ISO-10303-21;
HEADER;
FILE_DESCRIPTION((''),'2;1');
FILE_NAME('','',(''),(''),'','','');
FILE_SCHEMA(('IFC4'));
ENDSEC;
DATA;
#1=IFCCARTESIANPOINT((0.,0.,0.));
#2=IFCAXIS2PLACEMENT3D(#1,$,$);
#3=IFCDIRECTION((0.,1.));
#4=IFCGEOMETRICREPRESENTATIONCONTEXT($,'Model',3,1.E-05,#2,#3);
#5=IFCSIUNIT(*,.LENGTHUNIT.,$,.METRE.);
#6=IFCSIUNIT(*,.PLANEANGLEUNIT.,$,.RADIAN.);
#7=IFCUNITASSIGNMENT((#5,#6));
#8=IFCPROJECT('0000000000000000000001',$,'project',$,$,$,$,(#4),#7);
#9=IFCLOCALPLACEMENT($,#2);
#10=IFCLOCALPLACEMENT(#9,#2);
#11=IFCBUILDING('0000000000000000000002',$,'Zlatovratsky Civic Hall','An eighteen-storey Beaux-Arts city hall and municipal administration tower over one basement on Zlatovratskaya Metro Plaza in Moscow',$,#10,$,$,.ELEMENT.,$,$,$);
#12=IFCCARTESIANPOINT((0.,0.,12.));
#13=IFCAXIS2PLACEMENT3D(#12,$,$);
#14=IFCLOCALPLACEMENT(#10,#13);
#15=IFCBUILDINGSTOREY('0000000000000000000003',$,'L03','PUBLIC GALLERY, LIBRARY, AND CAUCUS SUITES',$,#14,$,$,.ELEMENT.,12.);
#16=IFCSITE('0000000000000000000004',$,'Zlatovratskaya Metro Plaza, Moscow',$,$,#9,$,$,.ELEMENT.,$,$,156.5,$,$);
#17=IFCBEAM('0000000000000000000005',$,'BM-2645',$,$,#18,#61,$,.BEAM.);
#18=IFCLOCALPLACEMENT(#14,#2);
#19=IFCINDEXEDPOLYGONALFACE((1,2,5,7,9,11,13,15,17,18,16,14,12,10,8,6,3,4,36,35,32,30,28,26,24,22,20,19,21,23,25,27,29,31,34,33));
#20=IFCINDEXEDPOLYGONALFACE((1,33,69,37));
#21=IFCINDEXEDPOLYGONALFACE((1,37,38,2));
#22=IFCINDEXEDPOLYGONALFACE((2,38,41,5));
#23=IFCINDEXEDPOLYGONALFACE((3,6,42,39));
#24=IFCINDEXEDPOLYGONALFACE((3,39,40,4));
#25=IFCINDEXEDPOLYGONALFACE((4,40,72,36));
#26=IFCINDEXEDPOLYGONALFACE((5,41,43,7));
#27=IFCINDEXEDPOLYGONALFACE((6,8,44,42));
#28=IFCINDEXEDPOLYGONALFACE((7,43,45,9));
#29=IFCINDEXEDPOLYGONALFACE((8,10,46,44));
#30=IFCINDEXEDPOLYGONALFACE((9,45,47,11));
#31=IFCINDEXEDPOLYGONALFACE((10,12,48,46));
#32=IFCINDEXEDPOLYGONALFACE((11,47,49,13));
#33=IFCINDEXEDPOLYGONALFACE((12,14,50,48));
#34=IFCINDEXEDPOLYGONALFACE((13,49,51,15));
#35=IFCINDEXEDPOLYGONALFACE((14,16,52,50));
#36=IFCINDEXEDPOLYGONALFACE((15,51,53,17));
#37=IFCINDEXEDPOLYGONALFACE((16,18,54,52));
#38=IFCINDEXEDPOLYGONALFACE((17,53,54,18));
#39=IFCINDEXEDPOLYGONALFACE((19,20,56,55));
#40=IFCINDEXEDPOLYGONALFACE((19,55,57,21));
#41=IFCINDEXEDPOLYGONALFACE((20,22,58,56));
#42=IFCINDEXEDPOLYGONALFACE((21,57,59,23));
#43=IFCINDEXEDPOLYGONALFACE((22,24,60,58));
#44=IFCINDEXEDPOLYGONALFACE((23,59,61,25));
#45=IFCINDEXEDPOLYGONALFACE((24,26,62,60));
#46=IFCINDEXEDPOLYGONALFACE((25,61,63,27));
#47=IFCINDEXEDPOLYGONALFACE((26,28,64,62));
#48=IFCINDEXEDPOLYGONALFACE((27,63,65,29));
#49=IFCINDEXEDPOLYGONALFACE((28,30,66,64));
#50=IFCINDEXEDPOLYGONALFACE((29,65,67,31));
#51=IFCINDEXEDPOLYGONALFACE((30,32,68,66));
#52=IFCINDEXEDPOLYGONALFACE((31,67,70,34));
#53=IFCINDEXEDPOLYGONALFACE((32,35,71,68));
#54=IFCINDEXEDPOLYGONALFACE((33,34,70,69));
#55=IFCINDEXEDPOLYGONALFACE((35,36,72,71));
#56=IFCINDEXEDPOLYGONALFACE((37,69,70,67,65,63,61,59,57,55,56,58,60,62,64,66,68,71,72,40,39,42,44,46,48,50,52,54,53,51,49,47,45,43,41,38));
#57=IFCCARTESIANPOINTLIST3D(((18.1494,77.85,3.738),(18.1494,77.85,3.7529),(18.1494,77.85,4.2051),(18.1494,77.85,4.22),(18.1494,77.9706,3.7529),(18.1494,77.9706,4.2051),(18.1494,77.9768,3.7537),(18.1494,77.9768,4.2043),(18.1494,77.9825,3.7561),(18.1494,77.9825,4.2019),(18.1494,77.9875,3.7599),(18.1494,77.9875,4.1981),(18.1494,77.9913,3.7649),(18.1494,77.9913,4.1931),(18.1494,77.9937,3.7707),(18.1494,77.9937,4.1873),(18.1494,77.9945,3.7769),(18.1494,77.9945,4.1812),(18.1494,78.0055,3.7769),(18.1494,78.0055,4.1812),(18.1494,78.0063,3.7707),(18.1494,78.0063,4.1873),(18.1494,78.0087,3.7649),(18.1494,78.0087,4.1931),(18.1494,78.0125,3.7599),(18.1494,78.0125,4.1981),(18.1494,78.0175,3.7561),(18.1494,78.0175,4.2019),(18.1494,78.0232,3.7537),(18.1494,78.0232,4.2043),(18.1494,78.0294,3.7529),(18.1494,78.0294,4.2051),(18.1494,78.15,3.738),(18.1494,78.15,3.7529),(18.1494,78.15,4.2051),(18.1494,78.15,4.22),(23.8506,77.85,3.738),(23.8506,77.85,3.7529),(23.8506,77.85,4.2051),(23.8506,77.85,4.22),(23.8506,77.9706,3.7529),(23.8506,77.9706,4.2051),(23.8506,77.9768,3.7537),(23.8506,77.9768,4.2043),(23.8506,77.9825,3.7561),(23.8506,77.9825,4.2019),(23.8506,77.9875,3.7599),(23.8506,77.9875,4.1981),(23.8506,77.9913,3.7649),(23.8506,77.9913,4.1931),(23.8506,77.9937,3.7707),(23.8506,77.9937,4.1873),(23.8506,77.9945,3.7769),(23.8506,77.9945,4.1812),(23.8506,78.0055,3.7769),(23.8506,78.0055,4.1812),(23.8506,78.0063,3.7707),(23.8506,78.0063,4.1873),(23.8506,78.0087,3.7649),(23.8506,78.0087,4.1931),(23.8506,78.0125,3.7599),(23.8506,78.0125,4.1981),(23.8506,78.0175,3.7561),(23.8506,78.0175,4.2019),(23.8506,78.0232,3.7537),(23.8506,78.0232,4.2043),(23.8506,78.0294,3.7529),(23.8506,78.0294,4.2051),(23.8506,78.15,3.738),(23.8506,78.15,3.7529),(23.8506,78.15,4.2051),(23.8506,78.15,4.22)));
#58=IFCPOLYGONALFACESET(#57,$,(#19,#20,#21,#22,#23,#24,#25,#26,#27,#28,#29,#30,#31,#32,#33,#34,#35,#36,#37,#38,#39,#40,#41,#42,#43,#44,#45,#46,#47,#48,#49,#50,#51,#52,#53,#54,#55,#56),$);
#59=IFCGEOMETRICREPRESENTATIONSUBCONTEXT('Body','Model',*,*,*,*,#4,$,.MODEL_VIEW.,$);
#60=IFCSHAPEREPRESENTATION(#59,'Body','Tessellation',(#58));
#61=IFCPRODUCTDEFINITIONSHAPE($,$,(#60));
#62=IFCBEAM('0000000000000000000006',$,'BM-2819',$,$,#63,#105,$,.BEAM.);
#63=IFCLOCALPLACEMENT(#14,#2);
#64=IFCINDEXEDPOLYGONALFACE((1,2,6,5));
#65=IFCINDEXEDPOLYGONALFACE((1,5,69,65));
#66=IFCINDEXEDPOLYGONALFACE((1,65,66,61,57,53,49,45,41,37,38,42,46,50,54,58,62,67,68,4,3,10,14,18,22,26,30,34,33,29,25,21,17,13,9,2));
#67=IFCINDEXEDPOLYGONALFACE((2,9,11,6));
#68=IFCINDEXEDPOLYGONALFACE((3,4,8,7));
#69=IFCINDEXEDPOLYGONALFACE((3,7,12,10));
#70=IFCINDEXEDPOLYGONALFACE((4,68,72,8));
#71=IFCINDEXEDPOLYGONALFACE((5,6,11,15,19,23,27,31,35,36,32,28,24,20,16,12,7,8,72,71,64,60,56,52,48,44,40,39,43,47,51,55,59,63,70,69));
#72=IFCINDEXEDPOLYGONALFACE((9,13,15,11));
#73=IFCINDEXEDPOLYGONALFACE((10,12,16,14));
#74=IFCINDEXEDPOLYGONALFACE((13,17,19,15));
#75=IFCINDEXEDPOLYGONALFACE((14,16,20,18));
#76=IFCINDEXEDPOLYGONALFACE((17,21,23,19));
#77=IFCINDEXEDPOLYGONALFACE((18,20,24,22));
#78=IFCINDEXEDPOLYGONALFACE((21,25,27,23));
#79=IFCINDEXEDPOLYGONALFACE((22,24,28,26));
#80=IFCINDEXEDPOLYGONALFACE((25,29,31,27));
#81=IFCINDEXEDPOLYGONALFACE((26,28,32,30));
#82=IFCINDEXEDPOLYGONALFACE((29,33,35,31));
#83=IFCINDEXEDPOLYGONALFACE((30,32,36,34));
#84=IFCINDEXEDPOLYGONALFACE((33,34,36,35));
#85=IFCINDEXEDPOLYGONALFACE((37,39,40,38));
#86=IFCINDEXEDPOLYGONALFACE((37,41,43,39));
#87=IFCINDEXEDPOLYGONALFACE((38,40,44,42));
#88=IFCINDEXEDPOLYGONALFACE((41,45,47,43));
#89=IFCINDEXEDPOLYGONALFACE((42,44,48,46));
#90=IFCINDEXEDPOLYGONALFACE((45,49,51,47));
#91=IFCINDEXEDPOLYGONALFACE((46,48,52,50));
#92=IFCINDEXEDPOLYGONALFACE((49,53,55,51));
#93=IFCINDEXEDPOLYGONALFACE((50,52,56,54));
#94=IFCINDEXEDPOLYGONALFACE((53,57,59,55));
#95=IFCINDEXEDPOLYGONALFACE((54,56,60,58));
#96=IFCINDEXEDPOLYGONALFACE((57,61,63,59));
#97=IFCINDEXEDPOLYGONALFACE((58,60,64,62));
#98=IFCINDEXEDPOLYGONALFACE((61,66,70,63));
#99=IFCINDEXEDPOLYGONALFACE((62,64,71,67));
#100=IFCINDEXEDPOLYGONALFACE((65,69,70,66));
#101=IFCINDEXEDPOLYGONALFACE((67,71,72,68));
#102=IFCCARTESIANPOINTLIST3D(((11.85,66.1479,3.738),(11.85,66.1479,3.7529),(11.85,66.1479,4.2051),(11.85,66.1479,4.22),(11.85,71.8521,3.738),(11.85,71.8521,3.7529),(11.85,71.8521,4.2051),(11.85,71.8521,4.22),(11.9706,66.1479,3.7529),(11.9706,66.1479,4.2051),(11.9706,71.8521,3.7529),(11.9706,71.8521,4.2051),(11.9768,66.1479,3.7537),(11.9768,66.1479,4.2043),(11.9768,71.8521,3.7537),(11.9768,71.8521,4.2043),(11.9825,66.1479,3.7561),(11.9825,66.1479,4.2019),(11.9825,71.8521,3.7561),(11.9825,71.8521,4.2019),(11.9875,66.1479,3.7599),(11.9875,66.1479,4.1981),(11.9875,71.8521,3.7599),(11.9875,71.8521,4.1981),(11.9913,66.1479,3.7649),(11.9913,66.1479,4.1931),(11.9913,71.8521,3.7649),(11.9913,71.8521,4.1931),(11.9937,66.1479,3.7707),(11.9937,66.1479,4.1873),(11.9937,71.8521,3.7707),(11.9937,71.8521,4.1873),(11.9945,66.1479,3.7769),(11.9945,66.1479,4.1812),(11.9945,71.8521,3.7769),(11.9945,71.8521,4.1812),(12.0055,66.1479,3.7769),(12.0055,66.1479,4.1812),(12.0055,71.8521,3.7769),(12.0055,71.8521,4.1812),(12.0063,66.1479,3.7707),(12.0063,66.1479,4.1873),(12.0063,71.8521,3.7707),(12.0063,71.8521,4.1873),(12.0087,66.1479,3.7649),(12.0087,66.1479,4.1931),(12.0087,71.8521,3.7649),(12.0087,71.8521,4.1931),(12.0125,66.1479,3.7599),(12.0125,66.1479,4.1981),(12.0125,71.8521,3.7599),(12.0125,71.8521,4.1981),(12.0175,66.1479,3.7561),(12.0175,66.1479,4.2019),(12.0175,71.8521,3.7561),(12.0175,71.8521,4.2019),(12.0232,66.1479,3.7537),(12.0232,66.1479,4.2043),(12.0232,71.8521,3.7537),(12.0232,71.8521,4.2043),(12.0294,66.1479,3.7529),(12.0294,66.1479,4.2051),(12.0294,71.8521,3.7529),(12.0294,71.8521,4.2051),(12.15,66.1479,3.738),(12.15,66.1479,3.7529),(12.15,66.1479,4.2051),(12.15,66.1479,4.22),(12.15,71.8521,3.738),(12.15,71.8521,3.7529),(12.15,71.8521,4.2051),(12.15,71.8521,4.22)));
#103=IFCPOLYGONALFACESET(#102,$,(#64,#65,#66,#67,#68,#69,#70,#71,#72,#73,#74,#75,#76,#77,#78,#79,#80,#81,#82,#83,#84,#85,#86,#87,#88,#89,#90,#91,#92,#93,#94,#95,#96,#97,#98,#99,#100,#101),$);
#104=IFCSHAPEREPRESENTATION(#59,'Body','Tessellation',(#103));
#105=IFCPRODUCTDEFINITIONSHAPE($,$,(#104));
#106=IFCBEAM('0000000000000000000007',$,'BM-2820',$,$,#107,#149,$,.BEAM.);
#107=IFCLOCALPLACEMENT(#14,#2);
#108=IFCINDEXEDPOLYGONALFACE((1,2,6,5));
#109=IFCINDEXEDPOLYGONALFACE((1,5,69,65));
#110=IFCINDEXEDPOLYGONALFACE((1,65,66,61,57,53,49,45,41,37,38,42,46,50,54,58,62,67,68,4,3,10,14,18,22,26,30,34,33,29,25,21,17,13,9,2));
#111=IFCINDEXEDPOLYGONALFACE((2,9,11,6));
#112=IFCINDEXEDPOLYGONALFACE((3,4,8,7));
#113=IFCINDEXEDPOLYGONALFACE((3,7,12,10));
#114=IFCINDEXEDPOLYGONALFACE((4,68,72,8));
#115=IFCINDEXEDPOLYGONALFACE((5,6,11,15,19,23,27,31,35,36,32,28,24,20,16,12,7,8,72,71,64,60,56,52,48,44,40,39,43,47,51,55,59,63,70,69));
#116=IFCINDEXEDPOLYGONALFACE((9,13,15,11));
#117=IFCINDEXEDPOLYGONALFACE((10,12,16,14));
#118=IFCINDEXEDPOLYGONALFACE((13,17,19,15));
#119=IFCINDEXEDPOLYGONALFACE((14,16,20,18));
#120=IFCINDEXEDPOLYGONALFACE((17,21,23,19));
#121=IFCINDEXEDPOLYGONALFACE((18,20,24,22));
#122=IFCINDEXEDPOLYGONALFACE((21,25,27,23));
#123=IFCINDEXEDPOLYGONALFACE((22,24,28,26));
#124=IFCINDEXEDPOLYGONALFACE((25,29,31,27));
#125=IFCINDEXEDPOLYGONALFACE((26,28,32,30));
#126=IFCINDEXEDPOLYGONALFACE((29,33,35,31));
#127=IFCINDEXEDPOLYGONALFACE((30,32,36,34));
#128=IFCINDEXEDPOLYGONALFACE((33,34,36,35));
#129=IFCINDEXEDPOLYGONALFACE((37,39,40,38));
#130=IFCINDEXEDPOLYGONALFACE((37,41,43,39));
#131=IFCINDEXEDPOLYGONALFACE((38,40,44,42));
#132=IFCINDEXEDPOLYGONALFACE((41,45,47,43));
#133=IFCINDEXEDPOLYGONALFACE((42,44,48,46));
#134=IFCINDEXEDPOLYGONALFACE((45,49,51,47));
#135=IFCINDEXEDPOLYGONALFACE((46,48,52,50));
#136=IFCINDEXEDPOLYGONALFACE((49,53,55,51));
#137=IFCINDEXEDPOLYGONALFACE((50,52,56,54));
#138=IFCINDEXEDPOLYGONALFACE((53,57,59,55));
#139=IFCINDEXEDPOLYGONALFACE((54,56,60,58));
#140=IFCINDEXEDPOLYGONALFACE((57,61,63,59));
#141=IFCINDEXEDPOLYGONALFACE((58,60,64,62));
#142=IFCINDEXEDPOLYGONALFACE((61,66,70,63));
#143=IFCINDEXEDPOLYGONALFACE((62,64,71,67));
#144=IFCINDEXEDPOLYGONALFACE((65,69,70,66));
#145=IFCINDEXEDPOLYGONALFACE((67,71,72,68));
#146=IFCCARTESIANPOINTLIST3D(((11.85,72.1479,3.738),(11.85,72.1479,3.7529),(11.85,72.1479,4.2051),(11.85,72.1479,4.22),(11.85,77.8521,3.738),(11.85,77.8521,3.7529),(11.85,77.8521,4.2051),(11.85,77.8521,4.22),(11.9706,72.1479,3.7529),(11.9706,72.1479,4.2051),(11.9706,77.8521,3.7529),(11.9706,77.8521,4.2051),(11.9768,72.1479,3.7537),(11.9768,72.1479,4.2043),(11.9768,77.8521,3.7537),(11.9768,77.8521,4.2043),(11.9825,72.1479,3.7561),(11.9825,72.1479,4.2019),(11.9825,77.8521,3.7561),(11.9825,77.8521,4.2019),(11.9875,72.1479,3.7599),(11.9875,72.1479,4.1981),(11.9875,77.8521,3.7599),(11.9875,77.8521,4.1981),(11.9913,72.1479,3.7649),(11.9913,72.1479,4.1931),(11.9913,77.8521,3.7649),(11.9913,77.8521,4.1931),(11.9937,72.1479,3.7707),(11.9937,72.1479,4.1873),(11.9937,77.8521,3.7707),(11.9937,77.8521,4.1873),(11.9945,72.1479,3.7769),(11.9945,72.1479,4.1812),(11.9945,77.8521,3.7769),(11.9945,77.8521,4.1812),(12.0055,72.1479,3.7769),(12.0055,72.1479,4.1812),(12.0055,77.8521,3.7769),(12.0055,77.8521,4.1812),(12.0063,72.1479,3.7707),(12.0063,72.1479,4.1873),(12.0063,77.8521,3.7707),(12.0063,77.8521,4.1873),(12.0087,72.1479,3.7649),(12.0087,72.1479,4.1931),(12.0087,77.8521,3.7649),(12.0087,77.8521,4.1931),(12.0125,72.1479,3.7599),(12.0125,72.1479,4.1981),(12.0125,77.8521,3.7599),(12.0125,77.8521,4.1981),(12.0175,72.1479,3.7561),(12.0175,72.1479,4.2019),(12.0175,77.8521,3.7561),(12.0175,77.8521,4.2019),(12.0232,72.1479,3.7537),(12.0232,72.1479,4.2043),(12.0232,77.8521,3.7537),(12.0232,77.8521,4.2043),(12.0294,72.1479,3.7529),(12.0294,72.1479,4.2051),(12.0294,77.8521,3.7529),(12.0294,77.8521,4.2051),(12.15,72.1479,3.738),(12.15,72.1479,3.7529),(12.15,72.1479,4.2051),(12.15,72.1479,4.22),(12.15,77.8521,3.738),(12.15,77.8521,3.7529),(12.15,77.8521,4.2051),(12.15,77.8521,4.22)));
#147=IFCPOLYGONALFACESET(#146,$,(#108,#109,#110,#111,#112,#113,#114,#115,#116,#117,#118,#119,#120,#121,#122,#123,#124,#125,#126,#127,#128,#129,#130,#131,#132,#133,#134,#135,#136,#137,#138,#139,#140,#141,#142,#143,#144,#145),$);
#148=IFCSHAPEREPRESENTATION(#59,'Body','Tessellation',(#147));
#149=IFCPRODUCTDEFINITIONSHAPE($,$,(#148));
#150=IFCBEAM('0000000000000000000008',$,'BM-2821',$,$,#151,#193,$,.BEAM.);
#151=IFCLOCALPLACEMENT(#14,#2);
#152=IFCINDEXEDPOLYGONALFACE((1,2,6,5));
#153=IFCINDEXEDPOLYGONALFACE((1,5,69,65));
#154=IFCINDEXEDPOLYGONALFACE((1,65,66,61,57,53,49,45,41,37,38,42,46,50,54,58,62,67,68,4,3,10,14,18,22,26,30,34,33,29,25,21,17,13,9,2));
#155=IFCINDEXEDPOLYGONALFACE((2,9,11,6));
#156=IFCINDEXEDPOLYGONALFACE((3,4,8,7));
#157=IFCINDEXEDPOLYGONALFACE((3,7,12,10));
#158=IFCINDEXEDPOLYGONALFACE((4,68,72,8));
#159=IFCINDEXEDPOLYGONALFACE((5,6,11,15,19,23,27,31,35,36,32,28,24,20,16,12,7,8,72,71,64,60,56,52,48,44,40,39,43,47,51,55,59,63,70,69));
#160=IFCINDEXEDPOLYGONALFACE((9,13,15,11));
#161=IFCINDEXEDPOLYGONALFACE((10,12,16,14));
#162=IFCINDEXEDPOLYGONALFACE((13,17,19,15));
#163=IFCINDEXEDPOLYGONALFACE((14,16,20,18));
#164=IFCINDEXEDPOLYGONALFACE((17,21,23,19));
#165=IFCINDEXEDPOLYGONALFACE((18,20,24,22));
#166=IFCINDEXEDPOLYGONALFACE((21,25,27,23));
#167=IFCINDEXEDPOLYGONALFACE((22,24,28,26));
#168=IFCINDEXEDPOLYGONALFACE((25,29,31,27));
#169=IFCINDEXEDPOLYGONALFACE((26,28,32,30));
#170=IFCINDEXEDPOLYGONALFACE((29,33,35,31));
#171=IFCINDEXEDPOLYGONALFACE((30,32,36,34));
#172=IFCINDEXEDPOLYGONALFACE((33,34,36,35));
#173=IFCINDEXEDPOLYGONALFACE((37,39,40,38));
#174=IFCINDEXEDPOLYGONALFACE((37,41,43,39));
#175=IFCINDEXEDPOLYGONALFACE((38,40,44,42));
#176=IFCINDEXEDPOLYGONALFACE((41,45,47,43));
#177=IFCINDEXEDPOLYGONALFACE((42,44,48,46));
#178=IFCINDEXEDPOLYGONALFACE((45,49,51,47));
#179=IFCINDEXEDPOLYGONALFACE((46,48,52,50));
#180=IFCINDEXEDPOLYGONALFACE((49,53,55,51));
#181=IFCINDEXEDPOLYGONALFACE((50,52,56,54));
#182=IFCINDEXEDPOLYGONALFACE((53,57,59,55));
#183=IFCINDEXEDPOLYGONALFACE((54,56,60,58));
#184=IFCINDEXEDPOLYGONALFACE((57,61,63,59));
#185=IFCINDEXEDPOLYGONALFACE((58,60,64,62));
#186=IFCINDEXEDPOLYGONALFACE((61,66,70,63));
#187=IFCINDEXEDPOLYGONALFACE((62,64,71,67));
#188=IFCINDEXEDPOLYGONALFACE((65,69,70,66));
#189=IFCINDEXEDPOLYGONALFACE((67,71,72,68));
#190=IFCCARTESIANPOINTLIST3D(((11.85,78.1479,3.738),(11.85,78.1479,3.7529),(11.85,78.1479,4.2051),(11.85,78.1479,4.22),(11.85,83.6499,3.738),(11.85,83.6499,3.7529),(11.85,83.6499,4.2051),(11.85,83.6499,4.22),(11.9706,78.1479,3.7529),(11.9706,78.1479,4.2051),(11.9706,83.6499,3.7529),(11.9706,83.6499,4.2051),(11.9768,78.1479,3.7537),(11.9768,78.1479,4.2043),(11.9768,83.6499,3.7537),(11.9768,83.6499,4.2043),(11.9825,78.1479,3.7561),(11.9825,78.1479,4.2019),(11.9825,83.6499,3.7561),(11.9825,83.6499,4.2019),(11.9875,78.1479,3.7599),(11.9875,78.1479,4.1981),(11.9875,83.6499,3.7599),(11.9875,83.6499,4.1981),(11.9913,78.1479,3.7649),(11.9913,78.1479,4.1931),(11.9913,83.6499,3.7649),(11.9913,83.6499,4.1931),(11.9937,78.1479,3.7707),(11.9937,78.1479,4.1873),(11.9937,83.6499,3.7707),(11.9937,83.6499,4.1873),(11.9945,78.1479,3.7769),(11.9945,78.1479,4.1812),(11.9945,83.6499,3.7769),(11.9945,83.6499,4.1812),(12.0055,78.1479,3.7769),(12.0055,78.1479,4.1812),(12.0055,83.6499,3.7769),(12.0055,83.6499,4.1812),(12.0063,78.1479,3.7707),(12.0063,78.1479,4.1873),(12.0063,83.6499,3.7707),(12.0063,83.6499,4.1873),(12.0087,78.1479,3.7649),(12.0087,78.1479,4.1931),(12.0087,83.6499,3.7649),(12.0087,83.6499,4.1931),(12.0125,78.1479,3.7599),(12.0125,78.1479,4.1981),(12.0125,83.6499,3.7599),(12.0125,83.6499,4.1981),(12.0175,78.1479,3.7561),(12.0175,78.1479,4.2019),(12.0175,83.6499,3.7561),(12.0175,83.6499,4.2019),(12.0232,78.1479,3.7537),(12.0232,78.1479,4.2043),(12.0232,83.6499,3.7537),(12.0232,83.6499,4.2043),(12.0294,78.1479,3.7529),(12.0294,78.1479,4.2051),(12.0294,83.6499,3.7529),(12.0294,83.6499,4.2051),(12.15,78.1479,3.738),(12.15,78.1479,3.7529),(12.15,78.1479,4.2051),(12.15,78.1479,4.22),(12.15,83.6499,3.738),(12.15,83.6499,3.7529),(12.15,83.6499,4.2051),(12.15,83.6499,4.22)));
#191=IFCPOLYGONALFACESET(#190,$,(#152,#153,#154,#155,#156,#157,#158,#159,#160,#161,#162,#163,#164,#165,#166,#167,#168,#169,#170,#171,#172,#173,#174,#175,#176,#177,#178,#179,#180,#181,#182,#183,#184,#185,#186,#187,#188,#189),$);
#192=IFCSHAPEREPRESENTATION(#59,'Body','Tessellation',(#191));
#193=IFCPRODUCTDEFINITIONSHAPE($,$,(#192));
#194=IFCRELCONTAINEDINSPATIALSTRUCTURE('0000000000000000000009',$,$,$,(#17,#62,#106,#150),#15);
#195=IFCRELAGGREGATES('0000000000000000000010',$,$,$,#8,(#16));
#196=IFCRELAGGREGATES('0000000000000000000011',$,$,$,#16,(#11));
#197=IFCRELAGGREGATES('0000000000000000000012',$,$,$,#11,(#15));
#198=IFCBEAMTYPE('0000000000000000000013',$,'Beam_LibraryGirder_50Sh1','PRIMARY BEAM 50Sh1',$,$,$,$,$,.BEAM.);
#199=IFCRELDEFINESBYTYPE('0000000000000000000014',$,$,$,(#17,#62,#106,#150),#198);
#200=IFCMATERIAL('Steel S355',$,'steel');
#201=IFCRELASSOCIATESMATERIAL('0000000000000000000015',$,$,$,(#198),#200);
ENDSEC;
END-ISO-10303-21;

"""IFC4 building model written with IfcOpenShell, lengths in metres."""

from ifc_helpers import new_model, si_unit, direction, frame, origin, origin_2d, place, context, subcontext, project, spatial, i_section, extrude, material, material_profile, profile_set, type_object, element, save


model = new_model("IFC4")

# Units and contexts
model_context = context("Model", 3, precision=1e-05, world=origin(), true_north=direction((0.0, 1.0)))
body_context = subcontext(model_context, "Body", "Model", "MODEL_VIEW")
ifc_project = project(units=[si_unit("LENGTHUNIT", "METRE"), si_unit("PLANEANGLEUNIT", "RADIAN")], contexts=[model_context])

# Site, building, storey
site_placement = place(None, origin())
site = spatial("IfcSite", under=ifc_project, at=site_placement, Name="Zlatovratskaya Metro Plaza, Moscow", CompositionType="ELEMENT", RefElevation=156.5)
building_placement = place(site_placement, origin())
building = spatial("IfcBuilding", under=site, at=building_placement, Name="Zlatovratsky Civic Hall", Description="An eighteen-storey Beaux-Arts city hall and municipal administration tower over one basement on Zlatovratskaya Metro Plaza in Moscow", CompositionType="ELEMENT")
storey_placement = place(building_placement, frame((0.0, 0.0, 12.0)))
storey = spatial("IfcBuildingStorey", under=building, at=storey_placement, Name="L03", Description="PUBLIC GALLERY, LIBRARY, AND CAUCUS SUITES", CompositionType="ELEMENT", Elevation=12.0)

# Shared definitions
ifc_material_1 = material(Name="Steel S355", Category="steel")

# Beams
ifc_material_profile_1 = material_profile(ifc_material_1, i_section(OverallWidth=0.3, OverallDepth=0.4819, WebThickness=0.011, FlangeThickness=0.0149, FilletRadius=0.0239, at=origin_2d()), Name="50Sh1")
ifc_profile_set_1 = profile_set([ifc_material_profile_1], Name="Steel S355")
beam_type = type_object("IfcBeamType", Name="Beam_LibraryGirder_50Sh1", Description="PRIMARY BEAM 50Sh1", PredefinedType="BEAM", material=ifc_profile_set_1)
for number, where, z_axis, x_axis, name in (
    (1, (18.1494, 78.0, 3.979), (1.0, 0.0, 0.0), (0.0, 1.0, 0.0), "BM-2645"),
):
    element("IfcBeam", number, at=place(storey_placement, frame(where, z_axis=z_axis, x_axis=x_axis)), inside=storey, type_object=beam_type, Name=name, PredefinedType="BEAM", context=body_context, shape_type="SweptSolid", body=[
        extrude(i_section(OverallWidth=0.3, OverallDepth=0.4819, WebThickness=0.011, FlangeThickness=0.0149, FilletRadius=0.0239, at=origin_2d()), origin(), (0.0, 0.0, 1.0), 5.7012),
    ])
for number, where, z_axis, x_axis, name in (
    (2, (12.0, 66.1479, 3.979), (0.0, 1.0, 0.0), (-1.0, 0.0, 0.0), "BM-2819"),
    (3, (12.0, 72.1479, 3.979), (0.0, 1.0, 0.0), (-1.0, 0.0, 0.0), "BM-2820"),
):
    element("IfcBeam", number, at=place(storey_placement, frame(where, z_axis=z_axis, x_axis=x_axis)), inside=storey, type_object=beam_type, Name=name, PredefinedType="BEAM", context=body_context, shape_type="SweptSolid", body=[
        extrude(i_section(OverallWidth=0.3, OverallDepth=0.4819, WebThickness=0.011, FlangeThickness=0.0149, FilletRadius=0.0239, at=origin_2d()), origin(), (0.0, 0.0, 1.0), 5.7041),
    ])
beam_1_placement = place(storey_placement, frame((12.0, 78.1479, 3.979), z_axis=(0.0, 1.0, 0.0), x_axis=(-1.0, 0.0, 0.0)))
element("IfcBeam", 4, at=beam_1_placement, inside=storey, type_object=beam_type, Name="BM-2821", PredefinedType="BEAM", context=body_context, shape_type="SweptSolid", body=[
    extrude(i_section(OverallWidth=0.3, OverallDepth=0.4819, WebThickness=0.011, FlangeThickness=0.0149, FilletRadius=0.0239, at=origin_2d()), origin(), (0.0, 0.0, 1.0), 5.502),
])

save(model, "model.ifc")
